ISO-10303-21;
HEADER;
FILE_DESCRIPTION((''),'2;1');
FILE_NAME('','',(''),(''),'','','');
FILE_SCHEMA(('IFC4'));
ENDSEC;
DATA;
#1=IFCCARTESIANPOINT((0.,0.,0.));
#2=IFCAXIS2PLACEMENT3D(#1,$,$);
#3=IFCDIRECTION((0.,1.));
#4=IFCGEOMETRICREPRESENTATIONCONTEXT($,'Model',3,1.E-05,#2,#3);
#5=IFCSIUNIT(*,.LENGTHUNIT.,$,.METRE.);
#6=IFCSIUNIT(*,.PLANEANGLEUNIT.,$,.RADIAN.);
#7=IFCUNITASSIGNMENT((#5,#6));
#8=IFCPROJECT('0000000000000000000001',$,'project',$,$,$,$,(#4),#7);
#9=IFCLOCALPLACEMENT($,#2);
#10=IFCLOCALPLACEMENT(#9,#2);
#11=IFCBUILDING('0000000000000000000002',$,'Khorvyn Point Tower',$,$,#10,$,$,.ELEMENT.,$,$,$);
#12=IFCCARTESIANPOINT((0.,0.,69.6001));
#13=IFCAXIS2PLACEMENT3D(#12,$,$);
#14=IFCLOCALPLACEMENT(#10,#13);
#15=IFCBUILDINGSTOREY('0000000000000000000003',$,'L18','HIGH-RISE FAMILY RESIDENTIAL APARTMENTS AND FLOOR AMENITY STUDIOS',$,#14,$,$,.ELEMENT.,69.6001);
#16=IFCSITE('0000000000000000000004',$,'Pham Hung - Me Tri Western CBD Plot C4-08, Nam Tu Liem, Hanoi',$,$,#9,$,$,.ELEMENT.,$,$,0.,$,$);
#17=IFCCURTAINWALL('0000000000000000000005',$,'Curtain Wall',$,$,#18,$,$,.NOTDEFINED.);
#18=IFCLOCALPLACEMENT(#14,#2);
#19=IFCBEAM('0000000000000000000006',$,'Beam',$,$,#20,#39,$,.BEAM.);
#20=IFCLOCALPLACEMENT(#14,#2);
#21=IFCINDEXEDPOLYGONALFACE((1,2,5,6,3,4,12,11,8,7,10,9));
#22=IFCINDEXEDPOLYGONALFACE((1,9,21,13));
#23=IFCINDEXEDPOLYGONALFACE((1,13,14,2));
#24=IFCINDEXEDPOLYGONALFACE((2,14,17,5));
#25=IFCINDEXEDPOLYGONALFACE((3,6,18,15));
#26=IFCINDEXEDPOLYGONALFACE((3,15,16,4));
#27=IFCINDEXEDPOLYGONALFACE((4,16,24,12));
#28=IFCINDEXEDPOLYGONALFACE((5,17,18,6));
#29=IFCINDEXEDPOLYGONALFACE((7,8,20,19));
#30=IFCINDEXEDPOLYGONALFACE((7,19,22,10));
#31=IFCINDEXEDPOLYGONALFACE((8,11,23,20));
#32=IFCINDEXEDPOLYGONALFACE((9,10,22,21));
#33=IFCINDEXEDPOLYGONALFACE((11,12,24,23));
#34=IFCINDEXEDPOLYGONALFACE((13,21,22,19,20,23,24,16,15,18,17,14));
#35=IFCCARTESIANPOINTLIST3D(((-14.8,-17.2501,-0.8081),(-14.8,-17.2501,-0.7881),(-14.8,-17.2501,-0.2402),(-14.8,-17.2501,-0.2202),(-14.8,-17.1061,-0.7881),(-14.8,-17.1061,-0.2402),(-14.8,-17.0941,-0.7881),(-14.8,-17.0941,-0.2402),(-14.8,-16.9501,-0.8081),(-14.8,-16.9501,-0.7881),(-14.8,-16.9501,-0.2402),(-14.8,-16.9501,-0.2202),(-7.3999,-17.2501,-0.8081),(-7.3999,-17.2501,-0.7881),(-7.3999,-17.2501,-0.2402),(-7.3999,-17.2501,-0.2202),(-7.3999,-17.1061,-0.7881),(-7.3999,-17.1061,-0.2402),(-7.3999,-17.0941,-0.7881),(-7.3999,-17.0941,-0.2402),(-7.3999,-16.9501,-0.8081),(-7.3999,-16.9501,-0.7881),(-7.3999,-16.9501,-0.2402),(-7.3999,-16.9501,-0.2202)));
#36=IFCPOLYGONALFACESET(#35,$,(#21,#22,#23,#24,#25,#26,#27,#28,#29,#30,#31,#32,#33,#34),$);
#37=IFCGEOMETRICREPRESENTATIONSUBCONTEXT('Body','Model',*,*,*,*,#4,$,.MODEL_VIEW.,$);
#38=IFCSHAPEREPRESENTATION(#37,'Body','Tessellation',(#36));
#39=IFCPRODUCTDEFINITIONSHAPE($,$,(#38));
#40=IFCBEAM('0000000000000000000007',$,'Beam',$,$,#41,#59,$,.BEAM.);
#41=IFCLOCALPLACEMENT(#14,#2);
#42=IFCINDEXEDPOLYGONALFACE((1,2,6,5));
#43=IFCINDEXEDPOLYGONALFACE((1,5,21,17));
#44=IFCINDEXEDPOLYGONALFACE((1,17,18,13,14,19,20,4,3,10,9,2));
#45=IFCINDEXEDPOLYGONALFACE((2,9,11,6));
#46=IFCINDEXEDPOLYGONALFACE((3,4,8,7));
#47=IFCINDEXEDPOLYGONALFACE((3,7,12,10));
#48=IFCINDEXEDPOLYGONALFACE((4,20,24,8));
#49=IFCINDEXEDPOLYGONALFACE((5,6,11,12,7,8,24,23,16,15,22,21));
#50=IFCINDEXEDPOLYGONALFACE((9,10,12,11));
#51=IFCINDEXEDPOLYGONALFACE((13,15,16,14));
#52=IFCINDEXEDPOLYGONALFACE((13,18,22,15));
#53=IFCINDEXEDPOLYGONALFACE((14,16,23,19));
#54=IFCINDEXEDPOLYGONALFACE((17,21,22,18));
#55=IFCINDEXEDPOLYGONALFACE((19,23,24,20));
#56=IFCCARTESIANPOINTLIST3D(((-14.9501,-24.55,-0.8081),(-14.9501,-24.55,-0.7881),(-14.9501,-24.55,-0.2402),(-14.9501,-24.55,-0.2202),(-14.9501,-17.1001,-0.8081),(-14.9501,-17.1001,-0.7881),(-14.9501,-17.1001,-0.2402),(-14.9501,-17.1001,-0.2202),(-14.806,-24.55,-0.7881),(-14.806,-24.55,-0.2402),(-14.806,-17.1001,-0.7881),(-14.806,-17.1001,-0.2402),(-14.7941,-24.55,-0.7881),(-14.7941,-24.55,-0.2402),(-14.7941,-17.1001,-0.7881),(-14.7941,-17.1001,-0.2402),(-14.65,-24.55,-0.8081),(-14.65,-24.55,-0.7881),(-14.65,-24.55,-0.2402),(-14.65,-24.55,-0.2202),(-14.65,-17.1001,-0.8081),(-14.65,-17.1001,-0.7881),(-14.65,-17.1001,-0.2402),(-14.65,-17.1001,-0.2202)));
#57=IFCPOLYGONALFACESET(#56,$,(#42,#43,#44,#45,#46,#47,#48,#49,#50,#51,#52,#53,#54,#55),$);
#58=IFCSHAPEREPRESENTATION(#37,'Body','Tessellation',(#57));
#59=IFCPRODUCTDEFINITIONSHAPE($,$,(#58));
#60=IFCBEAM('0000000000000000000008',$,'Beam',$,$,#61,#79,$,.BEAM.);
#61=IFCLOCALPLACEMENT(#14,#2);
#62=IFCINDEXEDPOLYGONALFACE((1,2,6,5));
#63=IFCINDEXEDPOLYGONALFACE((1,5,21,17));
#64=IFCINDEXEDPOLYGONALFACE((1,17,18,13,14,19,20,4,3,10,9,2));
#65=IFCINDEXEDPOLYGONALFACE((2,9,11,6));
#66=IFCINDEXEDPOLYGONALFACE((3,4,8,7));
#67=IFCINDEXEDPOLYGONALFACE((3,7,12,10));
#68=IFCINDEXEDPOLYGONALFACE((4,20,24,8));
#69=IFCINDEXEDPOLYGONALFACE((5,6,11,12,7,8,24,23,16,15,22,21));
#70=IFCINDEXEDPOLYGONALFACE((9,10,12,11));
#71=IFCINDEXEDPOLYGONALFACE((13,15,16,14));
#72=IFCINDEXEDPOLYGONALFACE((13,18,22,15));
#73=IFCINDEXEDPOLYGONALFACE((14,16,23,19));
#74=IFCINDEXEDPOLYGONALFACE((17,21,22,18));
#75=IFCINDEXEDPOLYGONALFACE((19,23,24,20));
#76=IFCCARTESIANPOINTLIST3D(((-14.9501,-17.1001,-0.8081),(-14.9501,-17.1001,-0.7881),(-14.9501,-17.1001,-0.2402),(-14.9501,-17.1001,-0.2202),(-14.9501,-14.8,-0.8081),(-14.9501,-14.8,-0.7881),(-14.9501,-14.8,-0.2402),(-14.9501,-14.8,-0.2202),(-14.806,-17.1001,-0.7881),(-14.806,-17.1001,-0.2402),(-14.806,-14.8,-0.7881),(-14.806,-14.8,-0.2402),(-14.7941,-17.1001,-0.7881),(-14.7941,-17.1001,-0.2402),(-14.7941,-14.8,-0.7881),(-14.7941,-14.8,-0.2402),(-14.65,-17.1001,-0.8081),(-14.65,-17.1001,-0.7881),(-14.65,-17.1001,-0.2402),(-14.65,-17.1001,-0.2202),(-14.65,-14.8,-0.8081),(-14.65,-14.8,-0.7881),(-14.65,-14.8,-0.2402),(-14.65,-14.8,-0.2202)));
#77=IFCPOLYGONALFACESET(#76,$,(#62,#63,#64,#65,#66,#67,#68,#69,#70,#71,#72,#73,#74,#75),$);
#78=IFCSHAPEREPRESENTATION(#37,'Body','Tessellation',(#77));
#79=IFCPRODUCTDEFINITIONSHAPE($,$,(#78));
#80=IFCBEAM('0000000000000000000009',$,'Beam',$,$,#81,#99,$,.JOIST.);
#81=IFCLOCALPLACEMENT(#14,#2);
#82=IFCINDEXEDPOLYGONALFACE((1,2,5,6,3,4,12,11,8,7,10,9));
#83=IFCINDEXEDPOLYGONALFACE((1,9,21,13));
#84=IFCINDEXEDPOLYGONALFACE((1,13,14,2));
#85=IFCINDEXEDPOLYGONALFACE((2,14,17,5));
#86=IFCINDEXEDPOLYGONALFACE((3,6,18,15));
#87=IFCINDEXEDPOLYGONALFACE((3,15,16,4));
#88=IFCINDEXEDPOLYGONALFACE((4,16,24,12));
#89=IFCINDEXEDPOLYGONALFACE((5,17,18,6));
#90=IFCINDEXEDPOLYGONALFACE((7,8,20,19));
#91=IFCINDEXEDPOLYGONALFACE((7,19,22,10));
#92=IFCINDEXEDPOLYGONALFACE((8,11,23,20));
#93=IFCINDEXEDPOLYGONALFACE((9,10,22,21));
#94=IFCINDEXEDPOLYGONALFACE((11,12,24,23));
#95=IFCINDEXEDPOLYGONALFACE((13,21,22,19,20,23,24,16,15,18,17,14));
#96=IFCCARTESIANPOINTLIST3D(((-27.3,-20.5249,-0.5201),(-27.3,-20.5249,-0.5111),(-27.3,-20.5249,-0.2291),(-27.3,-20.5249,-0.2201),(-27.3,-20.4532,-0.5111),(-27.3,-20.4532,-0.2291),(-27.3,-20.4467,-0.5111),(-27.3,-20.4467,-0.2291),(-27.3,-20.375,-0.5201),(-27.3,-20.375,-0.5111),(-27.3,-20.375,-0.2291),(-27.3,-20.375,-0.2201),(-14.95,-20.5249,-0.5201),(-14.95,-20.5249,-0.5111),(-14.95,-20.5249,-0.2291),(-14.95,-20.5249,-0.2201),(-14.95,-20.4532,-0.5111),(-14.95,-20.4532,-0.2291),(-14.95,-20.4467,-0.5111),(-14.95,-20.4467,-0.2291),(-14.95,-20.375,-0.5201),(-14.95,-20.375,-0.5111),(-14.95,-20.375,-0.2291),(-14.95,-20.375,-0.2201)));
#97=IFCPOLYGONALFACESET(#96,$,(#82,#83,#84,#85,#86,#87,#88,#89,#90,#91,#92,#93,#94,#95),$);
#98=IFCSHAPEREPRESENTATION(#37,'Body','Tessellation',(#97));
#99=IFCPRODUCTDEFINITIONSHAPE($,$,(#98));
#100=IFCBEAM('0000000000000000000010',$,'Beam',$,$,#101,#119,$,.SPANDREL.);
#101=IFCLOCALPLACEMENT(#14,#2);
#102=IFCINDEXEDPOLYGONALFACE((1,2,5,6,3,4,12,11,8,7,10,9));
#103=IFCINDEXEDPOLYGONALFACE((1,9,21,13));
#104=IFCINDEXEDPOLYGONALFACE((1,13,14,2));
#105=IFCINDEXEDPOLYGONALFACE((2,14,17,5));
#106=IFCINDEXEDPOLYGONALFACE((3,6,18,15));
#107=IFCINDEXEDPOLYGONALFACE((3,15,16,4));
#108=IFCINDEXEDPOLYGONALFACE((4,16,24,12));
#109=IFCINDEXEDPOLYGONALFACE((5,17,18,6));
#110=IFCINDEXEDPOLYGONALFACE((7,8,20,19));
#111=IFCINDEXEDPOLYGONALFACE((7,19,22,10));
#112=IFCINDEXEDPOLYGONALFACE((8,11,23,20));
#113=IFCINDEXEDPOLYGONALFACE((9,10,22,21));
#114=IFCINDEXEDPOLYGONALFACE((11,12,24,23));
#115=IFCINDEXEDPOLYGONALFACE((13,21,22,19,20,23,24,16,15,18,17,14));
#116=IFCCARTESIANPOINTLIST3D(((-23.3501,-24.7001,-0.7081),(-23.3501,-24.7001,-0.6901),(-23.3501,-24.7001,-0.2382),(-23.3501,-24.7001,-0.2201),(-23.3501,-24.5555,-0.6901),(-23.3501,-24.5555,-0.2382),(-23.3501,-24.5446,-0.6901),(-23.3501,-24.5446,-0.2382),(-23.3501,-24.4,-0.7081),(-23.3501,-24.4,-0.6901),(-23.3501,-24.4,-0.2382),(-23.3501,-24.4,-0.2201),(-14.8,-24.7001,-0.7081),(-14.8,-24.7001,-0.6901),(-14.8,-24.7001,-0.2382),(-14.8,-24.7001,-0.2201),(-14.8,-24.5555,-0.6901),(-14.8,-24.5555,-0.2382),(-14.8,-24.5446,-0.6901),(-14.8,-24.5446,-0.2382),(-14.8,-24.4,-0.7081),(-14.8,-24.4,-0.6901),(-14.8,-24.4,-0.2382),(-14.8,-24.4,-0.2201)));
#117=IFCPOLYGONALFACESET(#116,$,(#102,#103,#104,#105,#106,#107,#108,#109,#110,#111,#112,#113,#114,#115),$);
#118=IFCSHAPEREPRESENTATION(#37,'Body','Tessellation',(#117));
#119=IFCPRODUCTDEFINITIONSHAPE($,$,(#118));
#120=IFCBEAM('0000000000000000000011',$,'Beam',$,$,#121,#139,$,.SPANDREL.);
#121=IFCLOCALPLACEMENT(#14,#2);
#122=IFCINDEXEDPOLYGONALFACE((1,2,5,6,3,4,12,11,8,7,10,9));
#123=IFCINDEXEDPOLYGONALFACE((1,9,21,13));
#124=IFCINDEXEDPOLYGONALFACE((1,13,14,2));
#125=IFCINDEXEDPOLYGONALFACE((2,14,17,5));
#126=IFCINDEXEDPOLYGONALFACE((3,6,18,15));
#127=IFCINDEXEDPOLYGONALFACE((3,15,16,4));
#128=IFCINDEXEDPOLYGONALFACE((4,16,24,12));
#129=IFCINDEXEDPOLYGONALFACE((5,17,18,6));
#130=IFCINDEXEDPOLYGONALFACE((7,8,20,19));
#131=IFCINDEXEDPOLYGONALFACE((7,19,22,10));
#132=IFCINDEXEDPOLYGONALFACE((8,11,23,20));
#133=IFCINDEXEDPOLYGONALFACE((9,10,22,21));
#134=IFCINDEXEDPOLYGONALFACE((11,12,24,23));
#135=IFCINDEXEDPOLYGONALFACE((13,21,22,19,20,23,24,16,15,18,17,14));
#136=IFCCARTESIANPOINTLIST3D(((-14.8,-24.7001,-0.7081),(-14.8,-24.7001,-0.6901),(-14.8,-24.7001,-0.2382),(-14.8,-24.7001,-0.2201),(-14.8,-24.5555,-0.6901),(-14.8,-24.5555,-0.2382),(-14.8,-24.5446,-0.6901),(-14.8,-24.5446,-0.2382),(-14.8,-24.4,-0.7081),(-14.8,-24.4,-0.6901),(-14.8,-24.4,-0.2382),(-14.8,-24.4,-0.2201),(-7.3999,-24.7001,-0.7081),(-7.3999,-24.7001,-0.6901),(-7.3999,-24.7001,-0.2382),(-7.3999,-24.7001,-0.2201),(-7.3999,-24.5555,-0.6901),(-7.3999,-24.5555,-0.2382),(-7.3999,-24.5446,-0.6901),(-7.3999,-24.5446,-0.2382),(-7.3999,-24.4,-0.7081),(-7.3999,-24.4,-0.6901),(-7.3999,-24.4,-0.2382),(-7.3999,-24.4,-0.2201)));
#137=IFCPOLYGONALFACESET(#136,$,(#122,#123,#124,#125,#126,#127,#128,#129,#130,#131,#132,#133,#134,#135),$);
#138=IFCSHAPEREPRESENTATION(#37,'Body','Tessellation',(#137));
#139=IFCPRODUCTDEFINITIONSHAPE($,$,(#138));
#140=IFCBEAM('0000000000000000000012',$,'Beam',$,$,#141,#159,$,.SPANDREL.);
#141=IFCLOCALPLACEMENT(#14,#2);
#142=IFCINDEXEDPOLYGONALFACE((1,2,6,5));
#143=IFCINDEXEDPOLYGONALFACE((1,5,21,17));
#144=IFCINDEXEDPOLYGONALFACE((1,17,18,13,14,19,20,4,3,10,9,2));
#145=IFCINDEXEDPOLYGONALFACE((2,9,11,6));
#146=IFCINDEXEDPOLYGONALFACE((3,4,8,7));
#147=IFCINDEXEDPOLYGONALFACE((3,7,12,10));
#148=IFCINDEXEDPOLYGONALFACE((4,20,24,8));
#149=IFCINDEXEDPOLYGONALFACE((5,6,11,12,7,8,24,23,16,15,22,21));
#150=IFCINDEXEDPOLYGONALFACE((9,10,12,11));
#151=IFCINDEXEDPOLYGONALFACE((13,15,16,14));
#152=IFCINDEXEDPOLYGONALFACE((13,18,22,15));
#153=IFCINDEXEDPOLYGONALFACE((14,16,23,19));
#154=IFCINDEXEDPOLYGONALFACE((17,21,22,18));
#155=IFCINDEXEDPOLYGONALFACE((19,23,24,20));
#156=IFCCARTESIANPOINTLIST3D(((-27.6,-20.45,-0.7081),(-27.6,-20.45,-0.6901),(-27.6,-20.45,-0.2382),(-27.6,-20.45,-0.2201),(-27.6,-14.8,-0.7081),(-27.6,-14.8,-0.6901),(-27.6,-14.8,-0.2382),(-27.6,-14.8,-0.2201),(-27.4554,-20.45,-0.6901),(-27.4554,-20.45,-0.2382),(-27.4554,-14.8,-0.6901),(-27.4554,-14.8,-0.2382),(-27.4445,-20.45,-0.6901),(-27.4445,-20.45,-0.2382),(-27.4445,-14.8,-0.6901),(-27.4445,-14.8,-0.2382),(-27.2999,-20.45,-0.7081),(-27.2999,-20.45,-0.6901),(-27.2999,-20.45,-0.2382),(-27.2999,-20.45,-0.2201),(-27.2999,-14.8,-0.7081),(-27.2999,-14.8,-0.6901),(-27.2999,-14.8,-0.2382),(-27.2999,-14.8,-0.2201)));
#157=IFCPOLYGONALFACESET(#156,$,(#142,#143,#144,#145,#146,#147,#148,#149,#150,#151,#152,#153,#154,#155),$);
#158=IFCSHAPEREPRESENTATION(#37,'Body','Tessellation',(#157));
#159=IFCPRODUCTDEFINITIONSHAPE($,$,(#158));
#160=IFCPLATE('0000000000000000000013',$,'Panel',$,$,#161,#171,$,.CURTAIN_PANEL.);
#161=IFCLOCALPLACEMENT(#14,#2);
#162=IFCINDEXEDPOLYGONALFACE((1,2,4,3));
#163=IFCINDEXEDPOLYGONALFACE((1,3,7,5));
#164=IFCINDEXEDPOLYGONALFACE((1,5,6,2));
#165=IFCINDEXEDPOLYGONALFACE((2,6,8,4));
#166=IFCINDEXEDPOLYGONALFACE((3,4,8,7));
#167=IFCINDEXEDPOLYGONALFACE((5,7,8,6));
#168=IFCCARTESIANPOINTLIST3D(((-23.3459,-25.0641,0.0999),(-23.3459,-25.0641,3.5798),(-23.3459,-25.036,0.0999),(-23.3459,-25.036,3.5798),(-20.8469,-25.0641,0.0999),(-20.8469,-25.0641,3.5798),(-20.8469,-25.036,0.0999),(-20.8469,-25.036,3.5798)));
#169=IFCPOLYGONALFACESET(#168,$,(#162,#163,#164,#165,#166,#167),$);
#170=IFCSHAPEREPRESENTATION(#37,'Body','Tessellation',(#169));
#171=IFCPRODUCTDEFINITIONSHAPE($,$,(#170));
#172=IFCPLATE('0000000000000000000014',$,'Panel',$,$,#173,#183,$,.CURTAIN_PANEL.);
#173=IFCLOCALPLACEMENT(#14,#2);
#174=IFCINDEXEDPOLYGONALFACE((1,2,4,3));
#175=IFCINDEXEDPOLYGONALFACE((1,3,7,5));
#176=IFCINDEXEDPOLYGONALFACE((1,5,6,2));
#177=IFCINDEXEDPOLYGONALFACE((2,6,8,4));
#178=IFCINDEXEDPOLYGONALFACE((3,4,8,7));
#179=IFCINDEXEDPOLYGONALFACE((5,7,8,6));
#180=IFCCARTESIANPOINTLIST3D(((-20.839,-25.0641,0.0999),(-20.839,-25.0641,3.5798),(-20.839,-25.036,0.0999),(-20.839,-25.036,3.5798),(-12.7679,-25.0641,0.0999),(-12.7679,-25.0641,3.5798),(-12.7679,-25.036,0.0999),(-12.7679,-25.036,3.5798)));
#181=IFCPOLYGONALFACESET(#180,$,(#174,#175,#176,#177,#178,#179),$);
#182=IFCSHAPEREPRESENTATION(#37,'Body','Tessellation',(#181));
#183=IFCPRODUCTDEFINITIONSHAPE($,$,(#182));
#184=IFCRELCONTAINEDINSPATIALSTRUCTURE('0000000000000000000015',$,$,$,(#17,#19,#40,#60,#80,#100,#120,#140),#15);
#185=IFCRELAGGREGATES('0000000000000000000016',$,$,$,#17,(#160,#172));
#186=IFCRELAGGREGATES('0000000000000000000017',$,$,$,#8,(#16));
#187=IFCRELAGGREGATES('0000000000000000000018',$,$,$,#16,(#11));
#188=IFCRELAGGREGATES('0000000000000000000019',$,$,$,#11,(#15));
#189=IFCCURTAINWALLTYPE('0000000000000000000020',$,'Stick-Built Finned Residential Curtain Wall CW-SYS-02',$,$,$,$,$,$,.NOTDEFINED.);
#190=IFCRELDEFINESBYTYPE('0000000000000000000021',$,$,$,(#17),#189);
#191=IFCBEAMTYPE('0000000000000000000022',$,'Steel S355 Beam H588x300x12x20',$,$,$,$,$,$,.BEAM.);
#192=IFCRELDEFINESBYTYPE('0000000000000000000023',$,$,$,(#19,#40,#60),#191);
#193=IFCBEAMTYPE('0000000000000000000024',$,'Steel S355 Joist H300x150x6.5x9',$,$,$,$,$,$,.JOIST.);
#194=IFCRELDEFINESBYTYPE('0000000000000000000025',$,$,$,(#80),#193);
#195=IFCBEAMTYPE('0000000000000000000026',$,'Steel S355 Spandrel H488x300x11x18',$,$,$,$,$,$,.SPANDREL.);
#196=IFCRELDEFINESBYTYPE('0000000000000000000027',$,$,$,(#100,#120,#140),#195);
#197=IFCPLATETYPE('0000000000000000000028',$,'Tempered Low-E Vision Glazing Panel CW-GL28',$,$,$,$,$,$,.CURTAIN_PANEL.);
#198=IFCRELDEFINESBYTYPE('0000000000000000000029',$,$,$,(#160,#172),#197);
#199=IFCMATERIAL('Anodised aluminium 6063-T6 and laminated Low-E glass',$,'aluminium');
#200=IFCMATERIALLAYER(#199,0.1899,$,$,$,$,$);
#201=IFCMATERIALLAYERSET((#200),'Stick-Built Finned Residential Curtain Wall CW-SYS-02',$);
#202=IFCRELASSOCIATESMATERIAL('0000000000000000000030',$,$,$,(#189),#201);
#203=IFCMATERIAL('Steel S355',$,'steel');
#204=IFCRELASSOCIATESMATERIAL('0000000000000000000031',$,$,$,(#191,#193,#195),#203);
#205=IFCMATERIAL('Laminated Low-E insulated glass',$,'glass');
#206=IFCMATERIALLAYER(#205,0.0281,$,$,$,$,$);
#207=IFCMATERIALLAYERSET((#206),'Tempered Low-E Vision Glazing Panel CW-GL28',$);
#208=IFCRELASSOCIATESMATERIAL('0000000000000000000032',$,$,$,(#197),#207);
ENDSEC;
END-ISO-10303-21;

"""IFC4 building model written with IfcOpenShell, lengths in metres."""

from ifc_helpers import new_model, si_unit, direction, frame, origin, origin_2d, place, context, subcontext, project, spatial, rectangle, i_section, extrude, material, layer, layer_set, material_profile, profile_set, type_object, element, aggregate, save


model = new_model("IFC4")

# Units and contexts
model_context = context("Model", 3, precision=1e-05, world=origin(), true_north=direction((0.0, 1.0)))
body_context = subcontext(model_context, "Body", "Model", "MODEL_VIEW")
ifc_project = project(units=[si_unit("LENGTHUNIT", "METRE"), si_unit("PLANEANGLEUNIT", "RADIAN")], contexts=[model_context])

# Site, building, storey
site_placement = place(None, origin())
site = spatial("IfcSite", under=ifc_project, at=site_placement, Name="Pham Hung - Me Tri Western CBD Plot C4-08, Nam Tu Liem, Hanoi", CompositionType="ELEMENT", RefElevation=0.0)
building_placement = place(site_placement, origin())
building = spatial("IfcBuilding", under=site, at=building_placement, Name="Khorvyn Point Tower", CompositionType="ELEMENT")
storey_placement = place(building_placement, frame((0.0, 0.0, 69.6001)))
storey = spatial("IfcBuildingStorey", under=building, at=storey_placement, Name="L18", Description="HIGH-RISE FAMILY RESIDENTIAL APARTMENTS AND FLOOR AMENITY STUDIOS", CompositionType="ELEMENT", Elevation=69.6001)

# Curtain wall
ifc_material_1 = material(Name="Anodised aluminium 6063-T6 and laminated Low-E glass", Category="aluminium")
ifc_layer_1 = layer(ifc_material_1, 0.1899)
ifc_layer_set_1 = layer_set([ifc_layer_1], Name="Stick-Built Finned Residential Curtain Wall CW-SYS-02")
curtain_wall_type = type_object("IfcCurtainWallType", Name="Stick-Built Finned Residential Curtain Wall CW-SYS-02", PredefinedType="NOTDEFINED", material=ifc_layer_set_1)
curtain_wall_1_placement = place(storey_placement, origin())
curtain_wall_1 = element("IfcCurtainWall", 1, at=curtain_wall_1_placement, inside=storey, type_object=curtain_wall_type, Name="Curtain Wall", PredefinedType="NOTDEFINED")

# Beams
ifc_material_2 = material(Name="Steel S355", Category="steel")
ifc_material_profile_1 = material_profile(ifc_material_2, i_section(OverallWidth=0.3, OverallDepth=0.5879, WebThickness=0.012, FlangeThickness=0.02, at=origin_2d()))
ifc_profile_set_1 = profile_set([ifc_material_profile_1], Name="Steel S355 H588x300x12x20")
beam_type_1 = type_object("IfcBeamType", Name="Steel S355 Beam H588x300x12x20", PredefinedType="BEAM", material=ifc_profile_set_1)
beam_1_placement = place(storey_placement, frame((-14.8, -17.1001, -0.5142), z_axis=(1.0, 0.0, 0.0), x_axis=(0.0, 1.0, 0.0)))
element("IfcBeam", 2, at=beam_1_placement, inside=storey, type_object=beam_type_1, Name="Beam", PredefinedType="BEAM", context=body_context, shape_type="SweptSolid", body=[
    extrude(i_section(OverallWidth=0.3, OverallDepth=0.5879, WebThickness=0.012, FlangeThickness=0.02, at=origin_2d()), origin(), (0.0, 0.0, 1.0), 7.4001),
])
beam_2_placement = place(storey_placement, frame((-14.8, -24.55, -0.5142), z_axis=(0.0, 1.0, 0.0), x_axis=(-1.0, 0.0, 0.0)))
element("IfcBeam", 3, at=beam_2_placement, inside=storey, type_object=beam_type_1, Name="Beam", PredefinedType="BEAM", context=body_context, shape_type="SweptSolid", body=[
    extrude(i_section(OverallWidth=0.3, OverallDepth=0.5879, WebThickness=0.012, FlangeThickness=0.02, at=origin_2d()), origin(), (0.0, 0.0, 1.0), 7.45),
])
beam_3_placement = place(storey_placement, frame((-14.8, -17.1001, -0.5142), z_axis=(0.0, 1.0, 0.0), x_axis=(-1.0, 0.0, 0.0)))
element("IfcBeam", 4, at=beam_3_placement, inside=storey, type_object=beam_type_1, Name="Beam", PredefinedType="BEAM", context=body_context, shape_type="SweptSolid", body=[
    extrude(i_section(OverallWidth=0.3, OverallDepth=0.5879, WebThickness=0.012, FlangeThickness=0.02, at=origin_2d()), origin(), (0.0, 0.0, 1.0), 2.3),
])
ifc_material_profile_2 = material_profile(ifc_material_2, i_section(OverallWidth=0.1499, OverallDepth=0.3, WebThickness=0.0066, FlangeThickness=0.009, at=origin_2d()))
ifc_profile_set_2 = profile_set([ifc_material_profile_2], Name="Steel S355 H300x150x6.5x9")
beam_type_2 = type_object("IfcBeamType", Name="Steel S355 Joist H300x150x6.5x9", PredefinedType="JOIST", material=ifc_profile_set_2)
beam_4_placement = place(storey_placement, frame((-27.3, -20.45, -0.3701), z_axis=(1.0, 0.0, 0.0), x_axis=(0.0, 1.0, 0.0)))
element("IfcBeam", 5, at=beam_4_placement, inside=storey, type_object=beam_type_2, Name="Beam", PredefinedType="JOIST", context=body_context, shape_type="SweptSolid", body=[
    extrude(i_section(OverallWidth=0.1499, OverallDepth=0.3, WebThickness=0.0066, FlangeThickness=0.009, at=origin_2d()), origin(), (0.0, 0.0, 1.0), 12.3501),
])
ifc_material_profile_3 = material_profile(ifc_material_2, i_section(OverallWidth=0.3, OverallDepth=0.488, WebThickness=0.011, FlangeThickness=0.0181, at=origin_2d()))
ifc_profile_set_3 = profile_set([ifc_material_profile_3], Name="Steel S355 H488x300x11x18")
beam_type_3 = type_object("IfcBeamType", Name="Steel S355 Spandrel H488x300x11x18", PredefinedType="SPANDREL", material=ifc_profile_set_3)
beam_5_placement = place(storey_placement, frame((-23.3501, -24.55, -0.4641), z_axis=(1.0, 0.0, 0.0), x_axis=(0.0, 1.0, 0.0)))
element("IfcBeam", 6, at=beam_5_placement, inside=storey, type_object=beam_type_3, Name="Beam", PredefinedType="SPANDREL", context=body_context, shape_type="SweptSolid", body=[
    extrude(i_section(OverallWidth=0.3, OverallDepth=0.488, WebThickness=0.011, FlangeThickness=0.0181, at=origin_2d()), origin(), (0.0, 0.0, 1.0), 8.55),
])
beam_6_placement = place(storey_placement, frame((-14.8, -24.55, -0.4641), z_axis=(1.0, 0.0, 0.0), x_axis=(0.0, 1.0, 0.0)))
element("IfcBeam", 7, at=beam_6_placement, inside=storey, type_object=beam_type_3, Name="Beam", PredefinedType="SPANDREL", context=body_context, shape_type="SweptSolid", body=[
    extrude(i_section(OverallWidth=0.3, OverallDepth=0.488, WebThickness=0.011, FlangeThickness=0.0181, at=origin_2d()), origin(), (0.0, 0.0, 1.0), 7.4001),
])
beam_7_placement = place(storey_placement, frame((-27.45, -20.45, -0.4641), z_axis=(0.0, 1.0, 0.0), x_axis=(-1.0, 0.0, 0.0)))
element("IfcBeam", 8, at=beam_7_placement, inside=storey, type_object=beam_type_3, Name="Beam", PredefinedType="SPANDREL", context=body_context, shape_type="SweptSolid", body=[
    extrude(i_section(OverallWidth=0.3, OverallDepth=0.488, WebThickness=0.011, FlangeThickness=0.0181, at=origin_2d()), origin(), (0.0, 0.0, 1.0), 5.6499),
])

# Plates
ifc_material_3 = material(Name="Laminated Low-E insulated glass", Category="glass")
ifc_layer_2 = layer(ifc_material_3, 0.0281)
ifc_layer_set_2 = layer_set([ifc_layer_2], Name="Tempered Low-E Vision Glazing Panel CW-GL28")
plate_type = type_object("IfcPlateType", Name="Tempered Low-E Vision Glazing Panel CW-GL28", PredefinedType="CURTAIN_PANEL", material=ifc_layer_set_2)
plate_1_placement = place(storey_placement, frame((-22.0964, -25.05, 0.0999), z_axis=(0.0, 0.0, 1.0), x_axis=(-1.0, 0.0, 0.0)))
plate_1 = element("IfcPlate", 9, at=plate_1_placement, type_object=plate_type, Name="Panel", PredefinedType="CURTAIN_PANEL", context=body_context, shape_type="SweptSolid", body=[
    extrude(rectangle(XDim=2.499, YDim=0.0281, at=origin_2d()), origin(), (0.0, 0.0, 1.0), 3.48),
])
plate_2_placement = place(storey_placement, frame((-16.8035, -25.05, 0.0999), z_axis=(0.0, 0.0, 1.0), x_axis=(-1.0, 0.0, 0.0)))
plate_2 = element("IfcPlate", 10, at=plate_2_placement, type_object=plate_type, Name="Panel", PredefinedType="CURTAIN_PANEL", context=body_context, shape_type="SweptSolid", body=[
    extrude(rectangle(XDim=8.071, YDim=0.0281, at=origin_2d()), origin(), (0.0, 0.0, 1.0), 3.48),
])
aggregate(curtain_wall_1, [plate_1, plate_2])

save(model, "model.ifc")
